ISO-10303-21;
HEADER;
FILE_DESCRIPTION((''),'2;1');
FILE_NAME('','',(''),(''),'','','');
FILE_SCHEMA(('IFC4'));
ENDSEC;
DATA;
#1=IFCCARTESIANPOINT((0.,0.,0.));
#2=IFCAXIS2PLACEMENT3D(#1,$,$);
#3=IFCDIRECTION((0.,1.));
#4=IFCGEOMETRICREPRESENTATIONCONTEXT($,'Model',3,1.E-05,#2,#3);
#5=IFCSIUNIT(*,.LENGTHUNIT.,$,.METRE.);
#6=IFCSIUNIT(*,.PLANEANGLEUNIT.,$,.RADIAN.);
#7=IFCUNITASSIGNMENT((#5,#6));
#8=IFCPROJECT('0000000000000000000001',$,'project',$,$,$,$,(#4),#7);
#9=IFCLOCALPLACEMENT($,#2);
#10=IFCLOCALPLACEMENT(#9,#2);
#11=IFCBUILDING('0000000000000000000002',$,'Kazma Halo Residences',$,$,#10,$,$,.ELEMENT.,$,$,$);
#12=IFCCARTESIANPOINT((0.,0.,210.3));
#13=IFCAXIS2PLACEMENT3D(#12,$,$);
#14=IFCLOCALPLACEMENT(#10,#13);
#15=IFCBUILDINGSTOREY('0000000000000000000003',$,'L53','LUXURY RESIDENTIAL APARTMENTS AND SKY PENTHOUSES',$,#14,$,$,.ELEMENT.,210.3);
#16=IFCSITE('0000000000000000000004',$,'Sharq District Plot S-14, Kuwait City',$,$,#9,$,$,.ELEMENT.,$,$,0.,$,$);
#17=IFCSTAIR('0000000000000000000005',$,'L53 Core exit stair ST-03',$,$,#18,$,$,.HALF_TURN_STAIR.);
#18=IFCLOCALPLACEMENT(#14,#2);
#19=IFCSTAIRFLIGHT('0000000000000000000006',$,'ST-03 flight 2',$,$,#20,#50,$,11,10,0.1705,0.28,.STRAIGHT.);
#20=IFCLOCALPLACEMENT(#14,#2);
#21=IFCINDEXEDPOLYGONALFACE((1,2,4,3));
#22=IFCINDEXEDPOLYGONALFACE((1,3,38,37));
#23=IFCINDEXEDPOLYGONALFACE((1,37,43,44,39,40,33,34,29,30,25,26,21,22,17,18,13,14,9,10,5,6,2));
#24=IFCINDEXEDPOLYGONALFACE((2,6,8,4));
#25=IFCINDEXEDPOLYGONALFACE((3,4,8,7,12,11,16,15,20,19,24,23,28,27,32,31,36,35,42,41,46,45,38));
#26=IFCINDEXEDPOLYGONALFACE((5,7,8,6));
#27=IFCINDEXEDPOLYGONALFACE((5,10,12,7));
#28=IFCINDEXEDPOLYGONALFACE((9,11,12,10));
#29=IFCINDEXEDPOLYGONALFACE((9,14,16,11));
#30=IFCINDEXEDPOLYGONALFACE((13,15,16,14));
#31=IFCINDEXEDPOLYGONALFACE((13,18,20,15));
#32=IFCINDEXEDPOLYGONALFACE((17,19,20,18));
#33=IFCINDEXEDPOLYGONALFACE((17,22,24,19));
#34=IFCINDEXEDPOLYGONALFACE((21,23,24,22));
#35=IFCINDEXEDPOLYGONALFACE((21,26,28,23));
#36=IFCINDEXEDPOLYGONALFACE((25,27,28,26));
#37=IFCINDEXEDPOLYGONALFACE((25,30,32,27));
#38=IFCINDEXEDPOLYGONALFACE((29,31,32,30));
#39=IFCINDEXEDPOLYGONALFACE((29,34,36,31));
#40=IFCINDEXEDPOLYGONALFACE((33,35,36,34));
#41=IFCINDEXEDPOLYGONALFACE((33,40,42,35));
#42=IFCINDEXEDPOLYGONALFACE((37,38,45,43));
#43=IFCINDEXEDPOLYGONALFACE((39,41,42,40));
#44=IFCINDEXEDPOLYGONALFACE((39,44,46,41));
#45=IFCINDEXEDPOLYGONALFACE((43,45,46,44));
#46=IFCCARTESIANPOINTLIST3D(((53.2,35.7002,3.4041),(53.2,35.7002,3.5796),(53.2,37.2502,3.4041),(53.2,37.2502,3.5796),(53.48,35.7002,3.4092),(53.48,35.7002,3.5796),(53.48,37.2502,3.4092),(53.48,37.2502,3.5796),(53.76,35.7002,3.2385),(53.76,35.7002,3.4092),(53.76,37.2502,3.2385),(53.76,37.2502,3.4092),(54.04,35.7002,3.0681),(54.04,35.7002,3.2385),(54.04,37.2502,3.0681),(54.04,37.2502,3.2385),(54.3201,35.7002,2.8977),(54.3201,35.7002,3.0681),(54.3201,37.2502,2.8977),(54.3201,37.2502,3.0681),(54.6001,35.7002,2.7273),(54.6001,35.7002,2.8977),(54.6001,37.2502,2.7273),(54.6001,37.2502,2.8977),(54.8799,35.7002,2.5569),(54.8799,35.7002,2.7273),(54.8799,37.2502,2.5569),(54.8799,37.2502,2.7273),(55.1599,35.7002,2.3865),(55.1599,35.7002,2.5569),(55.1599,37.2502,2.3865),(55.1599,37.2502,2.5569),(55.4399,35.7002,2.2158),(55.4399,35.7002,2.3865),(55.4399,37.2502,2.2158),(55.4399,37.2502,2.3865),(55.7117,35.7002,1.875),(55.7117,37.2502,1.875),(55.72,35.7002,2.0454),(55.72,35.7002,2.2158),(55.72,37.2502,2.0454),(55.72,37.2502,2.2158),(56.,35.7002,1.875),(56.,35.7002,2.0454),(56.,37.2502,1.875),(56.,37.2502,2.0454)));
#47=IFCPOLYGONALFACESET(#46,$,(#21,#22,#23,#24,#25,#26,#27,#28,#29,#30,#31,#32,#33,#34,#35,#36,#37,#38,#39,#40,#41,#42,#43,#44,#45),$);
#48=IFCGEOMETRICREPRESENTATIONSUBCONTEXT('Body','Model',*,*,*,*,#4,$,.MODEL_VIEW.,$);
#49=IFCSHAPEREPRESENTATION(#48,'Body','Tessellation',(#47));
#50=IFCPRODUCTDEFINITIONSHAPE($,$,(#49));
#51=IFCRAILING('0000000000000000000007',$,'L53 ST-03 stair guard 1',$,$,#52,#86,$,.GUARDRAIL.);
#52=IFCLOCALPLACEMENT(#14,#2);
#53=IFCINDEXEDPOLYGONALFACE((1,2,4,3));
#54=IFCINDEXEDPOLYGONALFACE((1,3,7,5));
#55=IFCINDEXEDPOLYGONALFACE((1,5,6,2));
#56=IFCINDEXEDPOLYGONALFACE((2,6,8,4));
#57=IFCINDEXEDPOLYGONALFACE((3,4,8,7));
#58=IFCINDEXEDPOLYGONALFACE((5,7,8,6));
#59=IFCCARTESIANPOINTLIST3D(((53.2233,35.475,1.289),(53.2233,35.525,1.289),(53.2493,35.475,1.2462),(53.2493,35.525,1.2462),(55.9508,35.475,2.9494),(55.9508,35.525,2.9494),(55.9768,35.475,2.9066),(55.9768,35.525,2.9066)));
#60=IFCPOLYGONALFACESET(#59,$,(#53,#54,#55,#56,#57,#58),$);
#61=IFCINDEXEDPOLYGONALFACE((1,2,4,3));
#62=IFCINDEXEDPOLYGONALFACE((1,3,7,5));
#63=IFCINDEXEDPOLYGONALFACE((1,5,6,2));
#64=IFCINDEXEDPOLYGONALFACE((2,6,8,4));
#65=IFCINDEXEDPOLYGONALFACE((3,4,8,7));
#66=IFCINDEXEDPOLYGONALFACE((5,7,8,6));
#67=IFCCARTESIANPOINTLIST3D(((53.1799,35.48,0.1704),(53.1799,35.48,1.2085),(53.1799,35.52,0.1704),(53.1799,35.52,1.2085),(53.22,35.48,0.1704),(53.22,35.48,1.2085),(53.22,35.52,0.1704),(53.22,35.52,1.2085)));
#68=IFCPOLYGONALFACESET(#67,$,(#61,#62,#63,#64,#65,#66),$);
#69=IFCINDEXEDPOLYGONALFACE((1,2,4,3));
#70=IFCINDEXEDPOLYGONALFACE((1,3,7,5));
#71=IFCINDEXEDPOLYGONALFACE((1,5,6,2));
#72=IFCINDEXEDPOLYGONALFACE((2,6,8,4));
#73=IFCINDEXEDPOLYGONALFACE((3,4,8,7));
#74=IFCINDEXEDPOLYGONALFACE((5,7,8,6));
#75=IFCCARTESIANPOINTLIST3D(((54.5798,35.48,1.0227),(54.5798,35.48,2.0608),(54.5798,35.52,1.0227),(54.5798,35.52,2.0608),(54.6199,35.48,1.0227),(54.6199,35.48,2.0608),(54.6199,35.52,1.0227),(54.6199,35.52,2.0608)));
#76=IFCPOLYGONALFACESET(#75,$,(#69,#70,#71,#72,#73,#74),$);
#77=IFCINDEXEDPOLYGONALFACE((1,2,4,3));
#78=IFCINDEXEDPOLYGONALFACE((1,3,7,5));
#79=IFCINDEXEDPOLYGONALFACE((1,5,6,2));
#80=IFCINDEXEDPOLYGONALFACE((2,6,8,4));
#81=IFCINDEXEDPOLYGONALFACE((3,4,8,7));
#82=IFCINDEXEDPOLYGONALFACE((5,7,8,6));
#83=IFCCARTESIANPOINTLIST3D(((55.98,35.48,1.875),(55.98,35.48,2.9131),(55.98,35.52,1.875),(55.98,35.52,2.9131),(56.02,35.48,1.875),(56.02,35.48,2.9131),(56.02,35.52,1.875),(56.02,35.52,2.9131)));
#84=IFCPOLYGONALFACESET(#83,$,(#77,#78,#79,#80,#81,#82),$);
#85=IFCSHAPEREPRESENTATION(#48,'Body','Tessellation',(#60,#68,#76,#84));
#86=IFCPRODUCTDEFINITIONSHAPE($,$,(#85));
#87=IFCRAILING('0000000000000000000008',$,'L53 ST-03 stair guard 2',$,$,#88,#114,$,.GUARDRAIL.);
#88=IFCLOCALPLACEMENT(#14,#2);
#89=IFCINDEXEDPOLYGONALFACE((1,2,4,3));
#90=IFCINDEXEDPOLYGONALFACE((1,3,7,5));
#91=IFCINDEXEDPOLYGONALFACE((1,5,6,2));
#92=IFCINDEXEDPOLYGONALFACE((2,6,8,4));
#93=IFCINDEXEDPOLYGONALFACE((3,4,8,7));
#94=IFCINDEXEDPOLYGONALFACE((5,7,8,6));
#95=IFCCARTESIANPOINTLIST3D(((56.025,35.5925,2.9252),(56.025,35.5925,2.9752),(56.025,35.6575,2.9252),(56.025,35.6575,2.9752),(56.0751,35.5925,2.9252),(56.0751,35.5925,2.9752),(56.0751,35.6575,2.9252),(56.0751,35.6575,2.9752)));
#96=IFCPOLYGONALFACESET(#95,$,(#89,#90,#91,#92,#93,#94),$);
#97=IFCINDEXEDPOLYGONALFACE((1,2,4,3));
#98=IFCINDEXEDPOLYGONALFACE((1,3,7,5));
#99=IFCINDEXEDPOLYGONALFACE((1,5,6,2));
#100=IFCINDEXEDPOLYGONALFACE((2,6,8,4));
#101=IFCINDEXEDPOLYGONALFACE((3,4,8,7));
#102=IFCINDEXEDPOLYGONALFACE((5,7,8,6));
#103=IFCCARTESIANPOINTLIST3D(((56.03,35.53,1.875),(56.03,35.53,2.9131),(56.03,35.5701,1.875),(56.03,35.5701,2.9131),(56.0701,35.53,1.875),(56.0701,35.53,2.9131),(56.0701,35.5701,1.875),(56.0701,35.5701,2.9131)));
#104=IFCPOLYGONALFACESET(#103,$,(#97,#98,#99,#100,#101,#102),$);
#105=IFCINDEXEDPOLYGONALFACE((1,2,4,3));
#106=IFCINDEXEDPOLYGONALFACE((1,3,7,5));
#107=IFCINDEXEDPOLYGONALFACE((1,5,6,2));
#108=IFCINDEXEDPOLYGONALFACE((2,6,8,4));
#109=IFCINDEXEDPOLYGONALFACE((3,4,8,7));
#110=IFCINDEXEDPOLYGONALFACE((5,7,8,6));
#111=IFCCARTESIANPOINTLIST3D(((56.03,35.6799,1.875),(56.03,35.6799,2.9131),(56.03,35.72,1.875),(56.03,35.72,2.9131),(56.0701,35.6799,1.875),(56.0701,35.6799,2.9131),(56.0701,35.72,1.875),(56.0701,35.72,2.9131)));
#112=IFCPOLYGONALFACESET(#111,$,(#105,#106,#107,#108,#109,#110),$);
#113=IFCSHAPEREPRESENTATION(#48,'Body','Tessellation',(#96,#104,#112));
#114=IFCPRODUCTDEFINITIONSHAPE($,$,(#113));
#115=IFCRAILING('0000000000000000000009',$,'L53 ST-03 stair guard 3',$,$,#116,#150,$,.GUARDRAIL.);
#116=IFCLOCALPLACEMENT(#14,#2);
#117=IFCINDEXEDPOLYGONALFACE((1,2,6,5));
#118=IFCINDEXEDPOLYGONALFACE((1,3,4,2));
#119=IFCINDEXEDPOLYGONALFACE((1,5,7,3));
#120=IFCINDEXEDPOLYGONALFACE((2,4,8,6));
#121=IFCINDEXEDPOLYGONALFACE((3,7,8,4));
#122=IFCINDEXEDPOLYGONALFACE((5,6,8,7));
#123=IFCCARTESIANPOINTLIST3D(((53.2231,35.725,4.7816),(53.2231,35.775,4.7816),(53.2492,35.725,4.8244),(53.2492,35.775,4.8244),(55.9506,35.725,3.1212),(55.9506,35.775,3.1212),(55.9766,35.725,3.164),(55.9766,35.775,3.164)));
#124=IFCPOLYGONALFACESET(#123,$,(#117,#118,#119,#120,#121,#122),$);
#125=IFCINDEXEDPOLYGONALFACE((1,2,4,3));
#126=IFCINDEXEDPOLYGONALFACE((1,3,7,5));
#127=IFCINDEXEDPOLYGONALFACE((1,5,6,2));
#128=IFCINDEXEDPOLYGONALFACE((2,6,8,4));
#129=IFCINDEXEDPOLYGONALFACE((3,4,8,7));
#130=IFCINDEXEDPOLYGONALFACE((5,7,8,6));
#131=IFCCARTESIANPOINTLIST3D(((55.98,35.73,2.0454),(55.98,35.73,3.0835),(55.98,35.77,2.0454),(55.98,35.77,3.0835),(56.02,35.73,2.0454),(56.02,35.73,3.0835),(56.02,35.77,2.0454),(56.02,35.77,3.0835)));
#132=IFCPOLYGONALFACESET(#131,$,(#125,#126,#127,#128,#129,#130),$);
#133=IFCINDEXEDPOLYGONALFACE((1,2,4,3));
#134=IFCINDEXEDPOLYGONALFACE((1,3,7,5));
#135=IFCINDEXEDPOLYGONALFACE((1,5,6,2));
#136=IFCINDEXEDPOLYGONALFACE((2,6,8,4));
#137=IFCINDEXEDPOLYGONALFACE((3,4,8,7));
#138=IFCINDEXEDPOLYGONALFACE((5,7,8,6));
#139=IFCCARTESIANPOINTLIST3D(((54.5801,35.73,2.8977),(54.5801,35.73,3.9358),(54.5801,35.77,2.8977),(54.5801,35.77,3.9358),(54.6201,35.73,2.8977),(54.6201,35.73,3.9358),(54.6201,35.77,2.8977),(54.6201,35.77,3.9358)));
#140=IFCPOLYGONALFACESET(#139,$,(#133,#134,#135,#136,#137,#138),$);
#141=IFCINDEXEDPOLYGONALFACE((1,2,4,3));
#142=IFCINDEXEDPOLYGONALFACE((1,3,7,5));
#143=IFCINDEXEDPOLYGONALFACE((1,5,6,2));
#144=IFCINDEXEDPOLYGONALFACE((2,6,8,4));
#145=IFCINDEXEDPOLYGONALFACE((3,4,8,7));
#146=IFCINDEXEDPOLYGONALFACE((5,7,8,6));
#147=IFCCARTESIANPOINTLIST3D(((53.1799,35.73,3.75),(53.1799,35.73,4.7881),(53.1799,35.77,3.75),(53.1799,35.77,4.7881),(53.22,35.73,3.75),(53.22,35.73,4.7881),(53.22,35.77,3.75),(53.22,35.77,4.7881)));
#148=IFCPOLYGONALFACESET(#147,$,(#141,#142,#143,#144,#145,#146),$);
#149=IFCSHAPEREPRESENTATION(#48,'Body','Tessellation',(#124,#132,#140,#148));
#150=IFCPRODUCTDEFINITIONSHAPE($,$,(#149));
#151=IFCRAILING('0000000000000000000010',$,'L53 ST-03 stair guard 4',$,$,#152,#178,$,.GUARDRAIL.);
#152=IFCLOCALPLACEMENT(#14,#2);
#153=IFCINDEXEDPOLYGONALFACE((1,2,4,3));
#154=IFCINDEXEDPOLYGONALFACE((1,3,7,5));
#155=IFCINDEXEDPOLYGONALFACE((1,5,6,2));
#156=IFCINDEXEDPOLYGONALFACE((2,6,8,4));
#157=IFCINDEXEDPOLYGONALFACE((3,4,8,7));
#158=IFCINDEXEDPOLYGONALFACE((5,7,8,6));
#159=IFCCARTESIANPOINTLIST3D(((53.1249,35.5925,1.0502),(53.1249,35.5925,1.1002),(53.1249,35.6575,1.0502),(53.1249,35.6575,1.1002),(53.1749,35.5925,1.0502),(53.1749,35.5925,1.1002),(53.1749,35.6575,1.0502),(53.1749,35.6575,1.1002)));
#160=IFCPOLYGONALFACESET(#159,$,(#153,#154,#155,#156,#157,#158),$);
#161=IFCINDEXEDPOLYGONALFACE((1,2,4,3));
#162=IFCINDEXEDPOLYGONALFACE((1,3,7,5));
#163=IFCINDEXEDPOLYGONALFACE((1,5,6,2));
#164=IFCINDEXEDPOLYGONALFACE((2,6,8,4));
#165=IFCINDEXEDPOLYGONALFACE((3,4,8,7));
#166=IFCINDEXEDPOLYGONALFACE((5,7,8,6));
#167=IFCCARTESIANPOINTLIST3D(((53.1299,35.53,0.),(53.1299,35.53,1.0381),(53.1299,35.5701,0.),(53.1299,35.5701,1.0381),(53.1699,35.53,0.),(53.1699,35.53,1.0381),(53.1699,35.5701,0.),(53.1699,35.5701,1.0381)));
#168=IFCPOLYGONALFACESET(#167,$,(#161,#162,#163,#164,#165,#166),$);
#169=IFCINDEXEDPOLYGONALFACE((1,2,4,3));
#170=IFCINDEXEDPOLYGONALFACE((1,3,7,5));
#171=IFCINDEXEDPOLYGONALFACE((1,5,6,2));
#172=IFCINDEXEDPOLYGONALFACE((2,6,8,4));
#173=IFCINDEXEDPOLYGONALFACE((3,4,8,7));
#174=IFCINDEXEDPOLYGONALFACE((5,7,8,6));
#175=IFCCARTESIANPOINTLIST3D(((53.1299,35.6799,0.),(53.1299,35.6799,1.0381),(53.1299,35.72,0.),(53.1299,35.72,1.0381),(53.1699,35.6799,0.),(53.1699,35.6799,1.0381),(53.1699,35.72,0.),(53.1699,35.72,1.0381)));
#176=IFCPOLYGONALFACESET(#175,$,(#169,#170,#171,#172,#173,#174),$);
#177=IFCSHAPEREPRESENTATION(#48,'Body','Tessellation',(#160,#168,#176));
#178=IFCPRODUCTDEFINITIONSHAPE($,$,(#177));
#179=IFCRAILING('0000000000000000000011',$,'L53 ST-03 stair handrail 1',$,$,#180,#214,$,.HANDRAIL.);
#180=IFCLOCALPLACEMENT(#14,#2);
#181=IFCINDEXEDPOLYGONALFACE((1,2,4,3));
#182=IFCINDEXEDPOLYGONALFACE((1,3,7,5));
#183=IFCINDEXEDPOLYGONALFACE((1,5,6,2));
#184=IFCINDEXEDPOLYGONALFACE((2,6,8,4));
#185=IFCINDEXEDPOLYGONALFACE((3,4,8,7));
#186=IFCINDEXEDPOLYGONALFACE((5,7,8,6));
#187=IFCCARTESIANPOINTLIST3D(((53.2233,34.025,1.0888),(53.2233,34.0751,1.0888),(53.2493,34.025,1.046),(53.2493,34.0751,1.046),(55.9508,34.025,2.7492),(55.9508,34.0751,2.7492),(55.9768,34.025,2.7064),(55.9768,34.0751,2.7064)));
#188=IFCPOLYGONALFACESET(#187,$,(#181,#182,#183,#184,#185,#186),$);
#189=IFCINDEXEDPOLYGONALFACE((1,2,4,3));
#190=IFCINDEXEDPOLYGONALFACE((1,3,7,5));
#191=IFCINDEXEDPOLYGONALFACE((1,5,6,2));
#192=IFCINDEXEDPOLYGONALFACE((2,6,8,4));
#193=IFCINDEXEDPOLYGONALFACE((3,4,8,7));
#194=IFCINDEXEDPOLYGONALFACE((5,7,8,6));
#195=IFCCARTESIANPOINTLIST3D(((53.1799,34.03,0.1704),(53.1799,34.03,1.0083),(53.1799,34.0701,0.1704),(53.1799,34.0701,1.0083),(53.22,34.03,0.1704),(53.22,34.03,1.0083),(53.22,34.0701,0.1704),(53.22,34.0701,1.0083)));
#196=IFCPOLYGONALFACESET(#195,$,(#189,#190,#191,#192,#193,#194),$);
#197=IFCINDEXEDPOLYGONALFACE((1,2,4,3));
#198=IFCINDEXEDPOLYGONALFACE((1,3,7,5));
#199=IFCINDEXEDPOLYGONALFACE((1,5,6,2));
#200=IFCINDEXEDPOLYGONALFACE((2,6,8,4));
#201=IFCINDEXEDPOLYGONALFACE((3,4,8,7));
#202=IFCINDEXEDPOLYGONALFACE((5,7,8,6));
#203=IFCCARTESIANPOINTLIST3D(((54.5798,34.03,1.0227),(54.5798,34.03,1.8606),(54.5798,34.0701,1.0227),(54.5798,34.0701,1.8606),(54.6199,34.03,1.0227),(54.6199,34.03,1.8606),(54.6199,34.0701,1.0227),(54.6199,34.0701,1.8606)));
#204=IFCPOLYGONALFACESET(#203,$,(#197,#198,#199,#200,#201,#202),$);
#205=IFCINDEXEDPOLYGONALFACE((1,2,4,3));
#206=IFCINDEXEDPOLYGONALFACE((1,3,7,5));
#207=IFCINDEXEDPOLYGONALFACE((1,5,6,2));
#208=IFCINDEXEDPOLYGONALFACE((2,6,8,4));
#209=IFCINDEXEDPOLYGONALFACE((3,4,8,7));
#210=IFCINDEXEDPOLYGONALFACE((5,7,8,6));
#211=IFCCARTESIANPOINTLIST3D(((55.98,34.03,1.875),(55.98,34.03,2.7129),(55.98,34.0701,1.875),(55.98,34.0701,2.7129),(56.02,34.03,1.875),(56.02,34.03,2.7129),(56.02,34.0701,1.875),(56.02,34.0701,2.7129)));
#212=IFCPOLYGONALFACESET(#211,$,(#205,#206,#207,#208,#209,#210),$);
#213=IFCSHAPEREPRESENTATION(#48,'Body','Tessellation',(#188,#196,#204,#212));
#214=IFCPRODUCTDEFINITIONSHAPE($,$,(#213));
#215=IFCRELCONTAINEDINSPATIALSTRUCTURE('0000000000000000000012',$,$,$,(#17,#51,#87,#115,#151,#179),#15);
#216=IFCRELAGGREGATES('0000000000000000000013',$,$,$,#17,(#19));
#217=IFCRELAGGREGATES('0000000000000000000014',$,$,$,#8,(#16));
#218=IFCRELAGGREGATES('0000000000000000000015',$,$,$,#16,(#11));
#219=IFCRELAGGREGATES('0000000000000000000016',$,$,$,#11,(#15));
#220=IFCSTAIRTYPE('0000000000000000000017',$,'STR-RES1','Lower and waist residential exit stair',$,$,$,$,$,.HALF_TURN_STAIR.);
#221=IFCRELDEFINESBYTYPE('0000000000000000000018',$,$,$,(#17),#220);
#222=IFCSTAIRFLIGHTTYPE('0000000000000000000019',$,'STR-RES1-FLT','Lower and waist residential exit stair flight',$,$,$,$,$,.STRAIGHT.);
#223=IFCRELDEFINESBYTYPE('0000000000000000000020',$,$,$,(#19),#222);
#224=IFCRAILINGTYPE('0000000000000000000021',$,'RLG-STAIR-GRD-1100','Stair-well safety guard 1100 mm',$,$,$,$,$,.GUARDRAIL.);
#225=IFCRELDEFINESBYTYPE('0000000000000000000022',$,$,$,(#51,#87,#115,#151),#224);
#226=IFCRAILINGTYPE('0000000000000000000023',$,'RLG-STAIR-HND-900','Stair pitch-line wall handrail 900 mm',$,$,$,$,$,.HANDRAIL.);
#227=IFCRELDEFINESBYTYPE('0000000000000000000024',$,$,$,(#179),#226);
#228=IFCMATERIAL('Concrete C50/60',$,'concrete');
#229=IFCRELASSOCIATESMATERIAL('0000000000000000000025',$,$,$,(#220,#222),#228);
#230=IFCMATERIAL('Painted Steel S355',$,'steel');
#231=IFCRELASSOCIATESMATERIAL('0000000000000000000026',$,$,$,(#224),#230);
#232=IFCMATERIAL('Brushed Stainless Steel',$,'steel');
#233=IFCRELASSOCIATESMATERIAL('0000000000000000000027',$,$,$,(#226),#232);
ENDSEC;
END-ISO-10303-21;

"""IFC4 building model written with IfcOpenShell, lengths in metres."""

from ifc_helpers import new_model, si_unit, direction, frame, origin, origin_2d, place, context, subcontext, project, spatial, polyline, rectangle, outline, extrude, material, type_object, element, aggregate, save


model = new_model("IFC4")

# Units and contexts
model_context = context("Model", 3, precision=1e-05, world=origin(), true_north=direction((0.0, 1.0)))
body_context = subcontext(model_context, "Body", "Model", "MODEL_VIEW")
ifc_project = project(units=[si_unit("LENGTHUNIT", "METRE"), si_unit("PLANEANGLEUNIT", "RADIAN")], contexts=[model_context])

# Site, building, storey
site_placement = place(None, origin())
site = spatial("IfcSite", under=ifc_project, at=site_placement, Name="Sharq District Plot S-14, Kuwait City", CompositionType="ELEMENT", RefElevation=0.0)
building_placement = place(site_placement, origin())
building = spatial("IfcBuilding", under=site, at=building_placement, Name="Kazma Halo Residences", CompositionType="ELEMENT")
storey_placement = place(building_placement, frame((0.0, 0.0, 210.3)))
storey = spatial("IfcBuildingStorey", under=building, at=storey_placement, Name="L53", Description="LUXURY RESIDENTIAL APARTMENTS AND SKY PENTHOUSES", CompositionType="ELEMENT", Elevation=210.3)

# Shared definitions
ifc_material_1 = material(Name="Concrete C50/60", Category="concrete")

# Stair, stair flight
stair_type = type_object("IfcStairType", Name="STR-RES1", Description="Lower and waist residential exit stair", PredefinedType="HALF_TURN_STAIR", material=ifc_material_1)
stair_placement = place(storey_placement, origin())
stair = element("IfcStair", 1, at=stair_placement, inside=storey, type_object=stair_type, Name="L53 Core exit stair ST-03", PredefinedType="HALF_TURN_STAIR")
stair_flight_type = type_object("IfcStairFlightType", Name="STR-RES1-FLT", Description="Lower and waist residential exit stair flight", PredefinedType="STRAIGHT", material=ifc_material_1)
stair_flight_1_placement = place(storey_placement, frame((56.0, 36.4751, 1.875), z_axis=(0.0, 0.0, 1.0), x_axis=(-1.0, 0.0, 0.0)))
stair_flight_1 = element("IfcStairFlight", 2, at=stair_flight_1_placement, type_object=stair_flight_type, Name="ST-03 flight 2", NumberOfRisers=11, NumberOfTreads=10, PredefinedType="STRAIGHT", RiserHeight=0.1705, TreadLength=0.28, context=body_context, shape_type="SweptSolid", body=[
    extrude(outline(polyline([(0.0, 0.0), (0.0, 0.1704), (0.28, 0.1704), (0.28, 0.3408), (0.5601, 0.3408), (0.5601, 0.5115), (0.8401, 0.5115), (0.8401, 0.6819), (1.1201, 0.6819), (1.1201, 0.8523), (1.3999, 0.8523), (1.3999, 1.0227), (1.6799, 1.0227), (1.6799, 1.1931), (1.96, 1.1931), (1.96, 1.3635), (2.24, 1.3635), (2.24, 1.5342), (2.52, 1.5342), (2.52, 1.7046), (2.8, 1.7046), (2.8, 1.875), (2.8, 1.5291), (0.2883, 0.0), (0.0, 0.0)])), frame((0.0, 0.7749, 0.0), z_axis=(0.0, -1.0, 0.0), x_axis=(1.0, 0.0, 0.0)), (0.0, 0.0, 1.0), 1.55),
])
aggregate(stair, [stair_flight_1])

# Railings
ifc_material_2 = material(Name="Painted Steel S355", Category="steel")
railing_type_1 = type_object("IfcRailingType", Name="RLG-STAIR-GRD-1100", Description="Stair-well safety guard 1100 mm", PredefinedType="GUARDRAIL", material=ifc_material_2)
railing_1_placement = place(storey_placement, frame((53.2, 35.5, 0.1704)))
element("IfcRailing", 3, at=railing_1_placement, inside=storey, type_object=railing_type_1, Name="L53 ST-03 stair guard 1", PredefinedType="GUARDRAIL", context=body_context, shape_type="SweptSolid", body=[
    extrude(rectangle(XDim=0.05, YDim=0.05, at=origin_2d()), frame((0.0364, 0.0, 1.0972), z_axis=(0.85417, 0.0, 0.519994), x_axis=(0.0, 1.0, 0.0)), (0.0, 0.0, 1.0), 3.1931),
    extrude(rectangle(XDim=0.04, YDim=0.04, at=origin_2d()), origin(), (0.0, 0.0, 1.0), 1.0381),
    extrude(rectangle(XDim=0.04, YDim=0.04, at=origin_2d()), frame((1.3999, 0.0, 0.8523)), (0.0, 0.0, 1.0), 1.0381),
    extrude(rectangle(XDim=0.04, YDim=0.04, at=origin_2d()), frame((2.8, 0.0, 1.7046)), (0.0, 0.0, 1.0), 1.0381),
])
railing_2_placement = place(storey_placement, frame((56.05, 35.55, 1.875)))
element("IfcRailing", 4, at=railing_2_placement, inside=storey, type_object=railing_type_1, Name="L53 ST-03 stair guard 2", PredefinedType="GUARDRAIL", context=body_context, shape_type="SweptSolid", body=[
    extrude(rectangle(XDim=0.05, YDim=0.05, at=origin_2d()), frame((0.0, 0.0425, 1.0752), z_axis=(0.0, 1.0, 0.0), x_axis=(-1.0, 0.0, 0.0)), (0.0, 0.0, 1.0), 0.0649),
    extrude(rectangle(XDim=0.04, YDim=0.04, at=origin_2d()), origin(), (0.0, 0.0, 1.0), 1.0381),
    extrude(rectangle(XDim=0.04, YDim=0.04, at=origin_2d()), frame((0.0, 0.1499, 0.0)), (0.0, 0.0, 1.0), 1.0381),
])
railing_3_placement = place(storey_placement, frame((56.0, 35.75, 2.0454)))
element("IfcRailing", 5, at=railing_3_placement, inside=storey, type_object=railing_type_1, Name="L53 ST-03 stair guard 3", PredefinedType="GUARDRAIL", context=body_context, shape_type="SweptSolid", body=[
    extrude(rectangle(XDim=0.05, YDim=0.05, at=origin_2d()), frame((-0.0364, 0.0, 1.0972), z_axis=(-0.85417, 0.0, 0.519994), x_axis=(0.0, -1.0, 0.0)), (0.0, 0.0, 1.0), 3.1931),
    extrude(rectangle(XDim=0.04, YDim=0.04, at=origin_2d()), origin(), (0.0, 0.0, 1.0), 1.0381),
    extrude(rectangle(XDim=0.04, YDim=0.04, at=origin_2d()), frame((-1.3999, 0.0, 0.8523)), (0.0, 0.0, 1.0), 1.0381),
    extrude(rectangle(XDim=0.04, YDim=0.04, at=origin_2d()), frame((-2.8, 0.0, 1.7046)), (0.0, 0.0, 1.0), 1.0381),
])
railing_4_placement = place(storey_placement, frame((53.1499, 35.55, 0.0)))
element("IfcRailing", 6, at=railing_4_placement, inside=storey, type_object=railing_type_1, Name="L53 ST-03 stair guard 4", PredefinedType="GUARDRAIL", context=body_context, shape_type="SweptSolid", body=[
    extrude(rectangle(XDim=0.05, YDim=0.05, at=origin_2d()), frame((0.0, 0.0425, 1.0752), z_axis=(0.0, 1.0, 0.0), x_axis=(-1.0, 0.0, 0.0)), (0.0, 0.0, 1.0), 0.0649),
    extrude(rectangle(XDim=0.04, YDim=0.04, at=origin_2d()), origin(), (0.0, 0.0, 1.0), 1.0381),
    extrude(rectangle(XDim=0.04, YDim=0.04, at=origin_2d()), frame((0.0, 0.1499, 0.0)), (0.0, 0.0, 1.0), 1.0381),
])
ifc_material_3 = material(Name="Brushed Stainless Steel", Category="steel")
railing_type_2 = type_object("IfcRailingType", Name="RLG-STAIR-HND-900", Description="Stair pitch-line wall handrail 900 mm", PredefinedType="HANDRAIL", material=ifc_material_3)
railing_5_placement = place(storey_placement, frame((53.2, 34.05, 0.1704)))
element("IfcRailing", 7, at=railing_5_placement, inside=storey, type_object=railing_type_2, Name="L53 ST-03 stair handrail 1", PredefinedType="HANDRAIL", context=body_context, shape_type="SweptSolid", body=[
    extrude(rectangle(XDim=0.05, YDim=0.05, at=origin_2d()), frame((0.0364, 0.0, 0.897), z_axis=(0.85417, 0.0, 0.519994), x_axis=(0.0, 1.0, 0.0)), (0.0, 0.0, 1.0), 3.1931),
    extrude(rectangle(XDim=0.04, YDim=0.04, at=origin_2d()), origin(), (0.0, 0.0, 1.0), 0.8379),
    extrude(rectangle(XDim=0.04, YDim=0.04, at=origin_2d()), frame((1.3999, 0.0, 0.8523)), (0.0, 0.0, 1.0), 0.8379),
    extrude(rectangle(XDim=0.04, YDim=0.04, at=origin_2d()), frame((2.8, 0.0, 1.7046)), (0.0, 0.0, 1.0), 0.8379),
])

save(model, "model.ifc")
